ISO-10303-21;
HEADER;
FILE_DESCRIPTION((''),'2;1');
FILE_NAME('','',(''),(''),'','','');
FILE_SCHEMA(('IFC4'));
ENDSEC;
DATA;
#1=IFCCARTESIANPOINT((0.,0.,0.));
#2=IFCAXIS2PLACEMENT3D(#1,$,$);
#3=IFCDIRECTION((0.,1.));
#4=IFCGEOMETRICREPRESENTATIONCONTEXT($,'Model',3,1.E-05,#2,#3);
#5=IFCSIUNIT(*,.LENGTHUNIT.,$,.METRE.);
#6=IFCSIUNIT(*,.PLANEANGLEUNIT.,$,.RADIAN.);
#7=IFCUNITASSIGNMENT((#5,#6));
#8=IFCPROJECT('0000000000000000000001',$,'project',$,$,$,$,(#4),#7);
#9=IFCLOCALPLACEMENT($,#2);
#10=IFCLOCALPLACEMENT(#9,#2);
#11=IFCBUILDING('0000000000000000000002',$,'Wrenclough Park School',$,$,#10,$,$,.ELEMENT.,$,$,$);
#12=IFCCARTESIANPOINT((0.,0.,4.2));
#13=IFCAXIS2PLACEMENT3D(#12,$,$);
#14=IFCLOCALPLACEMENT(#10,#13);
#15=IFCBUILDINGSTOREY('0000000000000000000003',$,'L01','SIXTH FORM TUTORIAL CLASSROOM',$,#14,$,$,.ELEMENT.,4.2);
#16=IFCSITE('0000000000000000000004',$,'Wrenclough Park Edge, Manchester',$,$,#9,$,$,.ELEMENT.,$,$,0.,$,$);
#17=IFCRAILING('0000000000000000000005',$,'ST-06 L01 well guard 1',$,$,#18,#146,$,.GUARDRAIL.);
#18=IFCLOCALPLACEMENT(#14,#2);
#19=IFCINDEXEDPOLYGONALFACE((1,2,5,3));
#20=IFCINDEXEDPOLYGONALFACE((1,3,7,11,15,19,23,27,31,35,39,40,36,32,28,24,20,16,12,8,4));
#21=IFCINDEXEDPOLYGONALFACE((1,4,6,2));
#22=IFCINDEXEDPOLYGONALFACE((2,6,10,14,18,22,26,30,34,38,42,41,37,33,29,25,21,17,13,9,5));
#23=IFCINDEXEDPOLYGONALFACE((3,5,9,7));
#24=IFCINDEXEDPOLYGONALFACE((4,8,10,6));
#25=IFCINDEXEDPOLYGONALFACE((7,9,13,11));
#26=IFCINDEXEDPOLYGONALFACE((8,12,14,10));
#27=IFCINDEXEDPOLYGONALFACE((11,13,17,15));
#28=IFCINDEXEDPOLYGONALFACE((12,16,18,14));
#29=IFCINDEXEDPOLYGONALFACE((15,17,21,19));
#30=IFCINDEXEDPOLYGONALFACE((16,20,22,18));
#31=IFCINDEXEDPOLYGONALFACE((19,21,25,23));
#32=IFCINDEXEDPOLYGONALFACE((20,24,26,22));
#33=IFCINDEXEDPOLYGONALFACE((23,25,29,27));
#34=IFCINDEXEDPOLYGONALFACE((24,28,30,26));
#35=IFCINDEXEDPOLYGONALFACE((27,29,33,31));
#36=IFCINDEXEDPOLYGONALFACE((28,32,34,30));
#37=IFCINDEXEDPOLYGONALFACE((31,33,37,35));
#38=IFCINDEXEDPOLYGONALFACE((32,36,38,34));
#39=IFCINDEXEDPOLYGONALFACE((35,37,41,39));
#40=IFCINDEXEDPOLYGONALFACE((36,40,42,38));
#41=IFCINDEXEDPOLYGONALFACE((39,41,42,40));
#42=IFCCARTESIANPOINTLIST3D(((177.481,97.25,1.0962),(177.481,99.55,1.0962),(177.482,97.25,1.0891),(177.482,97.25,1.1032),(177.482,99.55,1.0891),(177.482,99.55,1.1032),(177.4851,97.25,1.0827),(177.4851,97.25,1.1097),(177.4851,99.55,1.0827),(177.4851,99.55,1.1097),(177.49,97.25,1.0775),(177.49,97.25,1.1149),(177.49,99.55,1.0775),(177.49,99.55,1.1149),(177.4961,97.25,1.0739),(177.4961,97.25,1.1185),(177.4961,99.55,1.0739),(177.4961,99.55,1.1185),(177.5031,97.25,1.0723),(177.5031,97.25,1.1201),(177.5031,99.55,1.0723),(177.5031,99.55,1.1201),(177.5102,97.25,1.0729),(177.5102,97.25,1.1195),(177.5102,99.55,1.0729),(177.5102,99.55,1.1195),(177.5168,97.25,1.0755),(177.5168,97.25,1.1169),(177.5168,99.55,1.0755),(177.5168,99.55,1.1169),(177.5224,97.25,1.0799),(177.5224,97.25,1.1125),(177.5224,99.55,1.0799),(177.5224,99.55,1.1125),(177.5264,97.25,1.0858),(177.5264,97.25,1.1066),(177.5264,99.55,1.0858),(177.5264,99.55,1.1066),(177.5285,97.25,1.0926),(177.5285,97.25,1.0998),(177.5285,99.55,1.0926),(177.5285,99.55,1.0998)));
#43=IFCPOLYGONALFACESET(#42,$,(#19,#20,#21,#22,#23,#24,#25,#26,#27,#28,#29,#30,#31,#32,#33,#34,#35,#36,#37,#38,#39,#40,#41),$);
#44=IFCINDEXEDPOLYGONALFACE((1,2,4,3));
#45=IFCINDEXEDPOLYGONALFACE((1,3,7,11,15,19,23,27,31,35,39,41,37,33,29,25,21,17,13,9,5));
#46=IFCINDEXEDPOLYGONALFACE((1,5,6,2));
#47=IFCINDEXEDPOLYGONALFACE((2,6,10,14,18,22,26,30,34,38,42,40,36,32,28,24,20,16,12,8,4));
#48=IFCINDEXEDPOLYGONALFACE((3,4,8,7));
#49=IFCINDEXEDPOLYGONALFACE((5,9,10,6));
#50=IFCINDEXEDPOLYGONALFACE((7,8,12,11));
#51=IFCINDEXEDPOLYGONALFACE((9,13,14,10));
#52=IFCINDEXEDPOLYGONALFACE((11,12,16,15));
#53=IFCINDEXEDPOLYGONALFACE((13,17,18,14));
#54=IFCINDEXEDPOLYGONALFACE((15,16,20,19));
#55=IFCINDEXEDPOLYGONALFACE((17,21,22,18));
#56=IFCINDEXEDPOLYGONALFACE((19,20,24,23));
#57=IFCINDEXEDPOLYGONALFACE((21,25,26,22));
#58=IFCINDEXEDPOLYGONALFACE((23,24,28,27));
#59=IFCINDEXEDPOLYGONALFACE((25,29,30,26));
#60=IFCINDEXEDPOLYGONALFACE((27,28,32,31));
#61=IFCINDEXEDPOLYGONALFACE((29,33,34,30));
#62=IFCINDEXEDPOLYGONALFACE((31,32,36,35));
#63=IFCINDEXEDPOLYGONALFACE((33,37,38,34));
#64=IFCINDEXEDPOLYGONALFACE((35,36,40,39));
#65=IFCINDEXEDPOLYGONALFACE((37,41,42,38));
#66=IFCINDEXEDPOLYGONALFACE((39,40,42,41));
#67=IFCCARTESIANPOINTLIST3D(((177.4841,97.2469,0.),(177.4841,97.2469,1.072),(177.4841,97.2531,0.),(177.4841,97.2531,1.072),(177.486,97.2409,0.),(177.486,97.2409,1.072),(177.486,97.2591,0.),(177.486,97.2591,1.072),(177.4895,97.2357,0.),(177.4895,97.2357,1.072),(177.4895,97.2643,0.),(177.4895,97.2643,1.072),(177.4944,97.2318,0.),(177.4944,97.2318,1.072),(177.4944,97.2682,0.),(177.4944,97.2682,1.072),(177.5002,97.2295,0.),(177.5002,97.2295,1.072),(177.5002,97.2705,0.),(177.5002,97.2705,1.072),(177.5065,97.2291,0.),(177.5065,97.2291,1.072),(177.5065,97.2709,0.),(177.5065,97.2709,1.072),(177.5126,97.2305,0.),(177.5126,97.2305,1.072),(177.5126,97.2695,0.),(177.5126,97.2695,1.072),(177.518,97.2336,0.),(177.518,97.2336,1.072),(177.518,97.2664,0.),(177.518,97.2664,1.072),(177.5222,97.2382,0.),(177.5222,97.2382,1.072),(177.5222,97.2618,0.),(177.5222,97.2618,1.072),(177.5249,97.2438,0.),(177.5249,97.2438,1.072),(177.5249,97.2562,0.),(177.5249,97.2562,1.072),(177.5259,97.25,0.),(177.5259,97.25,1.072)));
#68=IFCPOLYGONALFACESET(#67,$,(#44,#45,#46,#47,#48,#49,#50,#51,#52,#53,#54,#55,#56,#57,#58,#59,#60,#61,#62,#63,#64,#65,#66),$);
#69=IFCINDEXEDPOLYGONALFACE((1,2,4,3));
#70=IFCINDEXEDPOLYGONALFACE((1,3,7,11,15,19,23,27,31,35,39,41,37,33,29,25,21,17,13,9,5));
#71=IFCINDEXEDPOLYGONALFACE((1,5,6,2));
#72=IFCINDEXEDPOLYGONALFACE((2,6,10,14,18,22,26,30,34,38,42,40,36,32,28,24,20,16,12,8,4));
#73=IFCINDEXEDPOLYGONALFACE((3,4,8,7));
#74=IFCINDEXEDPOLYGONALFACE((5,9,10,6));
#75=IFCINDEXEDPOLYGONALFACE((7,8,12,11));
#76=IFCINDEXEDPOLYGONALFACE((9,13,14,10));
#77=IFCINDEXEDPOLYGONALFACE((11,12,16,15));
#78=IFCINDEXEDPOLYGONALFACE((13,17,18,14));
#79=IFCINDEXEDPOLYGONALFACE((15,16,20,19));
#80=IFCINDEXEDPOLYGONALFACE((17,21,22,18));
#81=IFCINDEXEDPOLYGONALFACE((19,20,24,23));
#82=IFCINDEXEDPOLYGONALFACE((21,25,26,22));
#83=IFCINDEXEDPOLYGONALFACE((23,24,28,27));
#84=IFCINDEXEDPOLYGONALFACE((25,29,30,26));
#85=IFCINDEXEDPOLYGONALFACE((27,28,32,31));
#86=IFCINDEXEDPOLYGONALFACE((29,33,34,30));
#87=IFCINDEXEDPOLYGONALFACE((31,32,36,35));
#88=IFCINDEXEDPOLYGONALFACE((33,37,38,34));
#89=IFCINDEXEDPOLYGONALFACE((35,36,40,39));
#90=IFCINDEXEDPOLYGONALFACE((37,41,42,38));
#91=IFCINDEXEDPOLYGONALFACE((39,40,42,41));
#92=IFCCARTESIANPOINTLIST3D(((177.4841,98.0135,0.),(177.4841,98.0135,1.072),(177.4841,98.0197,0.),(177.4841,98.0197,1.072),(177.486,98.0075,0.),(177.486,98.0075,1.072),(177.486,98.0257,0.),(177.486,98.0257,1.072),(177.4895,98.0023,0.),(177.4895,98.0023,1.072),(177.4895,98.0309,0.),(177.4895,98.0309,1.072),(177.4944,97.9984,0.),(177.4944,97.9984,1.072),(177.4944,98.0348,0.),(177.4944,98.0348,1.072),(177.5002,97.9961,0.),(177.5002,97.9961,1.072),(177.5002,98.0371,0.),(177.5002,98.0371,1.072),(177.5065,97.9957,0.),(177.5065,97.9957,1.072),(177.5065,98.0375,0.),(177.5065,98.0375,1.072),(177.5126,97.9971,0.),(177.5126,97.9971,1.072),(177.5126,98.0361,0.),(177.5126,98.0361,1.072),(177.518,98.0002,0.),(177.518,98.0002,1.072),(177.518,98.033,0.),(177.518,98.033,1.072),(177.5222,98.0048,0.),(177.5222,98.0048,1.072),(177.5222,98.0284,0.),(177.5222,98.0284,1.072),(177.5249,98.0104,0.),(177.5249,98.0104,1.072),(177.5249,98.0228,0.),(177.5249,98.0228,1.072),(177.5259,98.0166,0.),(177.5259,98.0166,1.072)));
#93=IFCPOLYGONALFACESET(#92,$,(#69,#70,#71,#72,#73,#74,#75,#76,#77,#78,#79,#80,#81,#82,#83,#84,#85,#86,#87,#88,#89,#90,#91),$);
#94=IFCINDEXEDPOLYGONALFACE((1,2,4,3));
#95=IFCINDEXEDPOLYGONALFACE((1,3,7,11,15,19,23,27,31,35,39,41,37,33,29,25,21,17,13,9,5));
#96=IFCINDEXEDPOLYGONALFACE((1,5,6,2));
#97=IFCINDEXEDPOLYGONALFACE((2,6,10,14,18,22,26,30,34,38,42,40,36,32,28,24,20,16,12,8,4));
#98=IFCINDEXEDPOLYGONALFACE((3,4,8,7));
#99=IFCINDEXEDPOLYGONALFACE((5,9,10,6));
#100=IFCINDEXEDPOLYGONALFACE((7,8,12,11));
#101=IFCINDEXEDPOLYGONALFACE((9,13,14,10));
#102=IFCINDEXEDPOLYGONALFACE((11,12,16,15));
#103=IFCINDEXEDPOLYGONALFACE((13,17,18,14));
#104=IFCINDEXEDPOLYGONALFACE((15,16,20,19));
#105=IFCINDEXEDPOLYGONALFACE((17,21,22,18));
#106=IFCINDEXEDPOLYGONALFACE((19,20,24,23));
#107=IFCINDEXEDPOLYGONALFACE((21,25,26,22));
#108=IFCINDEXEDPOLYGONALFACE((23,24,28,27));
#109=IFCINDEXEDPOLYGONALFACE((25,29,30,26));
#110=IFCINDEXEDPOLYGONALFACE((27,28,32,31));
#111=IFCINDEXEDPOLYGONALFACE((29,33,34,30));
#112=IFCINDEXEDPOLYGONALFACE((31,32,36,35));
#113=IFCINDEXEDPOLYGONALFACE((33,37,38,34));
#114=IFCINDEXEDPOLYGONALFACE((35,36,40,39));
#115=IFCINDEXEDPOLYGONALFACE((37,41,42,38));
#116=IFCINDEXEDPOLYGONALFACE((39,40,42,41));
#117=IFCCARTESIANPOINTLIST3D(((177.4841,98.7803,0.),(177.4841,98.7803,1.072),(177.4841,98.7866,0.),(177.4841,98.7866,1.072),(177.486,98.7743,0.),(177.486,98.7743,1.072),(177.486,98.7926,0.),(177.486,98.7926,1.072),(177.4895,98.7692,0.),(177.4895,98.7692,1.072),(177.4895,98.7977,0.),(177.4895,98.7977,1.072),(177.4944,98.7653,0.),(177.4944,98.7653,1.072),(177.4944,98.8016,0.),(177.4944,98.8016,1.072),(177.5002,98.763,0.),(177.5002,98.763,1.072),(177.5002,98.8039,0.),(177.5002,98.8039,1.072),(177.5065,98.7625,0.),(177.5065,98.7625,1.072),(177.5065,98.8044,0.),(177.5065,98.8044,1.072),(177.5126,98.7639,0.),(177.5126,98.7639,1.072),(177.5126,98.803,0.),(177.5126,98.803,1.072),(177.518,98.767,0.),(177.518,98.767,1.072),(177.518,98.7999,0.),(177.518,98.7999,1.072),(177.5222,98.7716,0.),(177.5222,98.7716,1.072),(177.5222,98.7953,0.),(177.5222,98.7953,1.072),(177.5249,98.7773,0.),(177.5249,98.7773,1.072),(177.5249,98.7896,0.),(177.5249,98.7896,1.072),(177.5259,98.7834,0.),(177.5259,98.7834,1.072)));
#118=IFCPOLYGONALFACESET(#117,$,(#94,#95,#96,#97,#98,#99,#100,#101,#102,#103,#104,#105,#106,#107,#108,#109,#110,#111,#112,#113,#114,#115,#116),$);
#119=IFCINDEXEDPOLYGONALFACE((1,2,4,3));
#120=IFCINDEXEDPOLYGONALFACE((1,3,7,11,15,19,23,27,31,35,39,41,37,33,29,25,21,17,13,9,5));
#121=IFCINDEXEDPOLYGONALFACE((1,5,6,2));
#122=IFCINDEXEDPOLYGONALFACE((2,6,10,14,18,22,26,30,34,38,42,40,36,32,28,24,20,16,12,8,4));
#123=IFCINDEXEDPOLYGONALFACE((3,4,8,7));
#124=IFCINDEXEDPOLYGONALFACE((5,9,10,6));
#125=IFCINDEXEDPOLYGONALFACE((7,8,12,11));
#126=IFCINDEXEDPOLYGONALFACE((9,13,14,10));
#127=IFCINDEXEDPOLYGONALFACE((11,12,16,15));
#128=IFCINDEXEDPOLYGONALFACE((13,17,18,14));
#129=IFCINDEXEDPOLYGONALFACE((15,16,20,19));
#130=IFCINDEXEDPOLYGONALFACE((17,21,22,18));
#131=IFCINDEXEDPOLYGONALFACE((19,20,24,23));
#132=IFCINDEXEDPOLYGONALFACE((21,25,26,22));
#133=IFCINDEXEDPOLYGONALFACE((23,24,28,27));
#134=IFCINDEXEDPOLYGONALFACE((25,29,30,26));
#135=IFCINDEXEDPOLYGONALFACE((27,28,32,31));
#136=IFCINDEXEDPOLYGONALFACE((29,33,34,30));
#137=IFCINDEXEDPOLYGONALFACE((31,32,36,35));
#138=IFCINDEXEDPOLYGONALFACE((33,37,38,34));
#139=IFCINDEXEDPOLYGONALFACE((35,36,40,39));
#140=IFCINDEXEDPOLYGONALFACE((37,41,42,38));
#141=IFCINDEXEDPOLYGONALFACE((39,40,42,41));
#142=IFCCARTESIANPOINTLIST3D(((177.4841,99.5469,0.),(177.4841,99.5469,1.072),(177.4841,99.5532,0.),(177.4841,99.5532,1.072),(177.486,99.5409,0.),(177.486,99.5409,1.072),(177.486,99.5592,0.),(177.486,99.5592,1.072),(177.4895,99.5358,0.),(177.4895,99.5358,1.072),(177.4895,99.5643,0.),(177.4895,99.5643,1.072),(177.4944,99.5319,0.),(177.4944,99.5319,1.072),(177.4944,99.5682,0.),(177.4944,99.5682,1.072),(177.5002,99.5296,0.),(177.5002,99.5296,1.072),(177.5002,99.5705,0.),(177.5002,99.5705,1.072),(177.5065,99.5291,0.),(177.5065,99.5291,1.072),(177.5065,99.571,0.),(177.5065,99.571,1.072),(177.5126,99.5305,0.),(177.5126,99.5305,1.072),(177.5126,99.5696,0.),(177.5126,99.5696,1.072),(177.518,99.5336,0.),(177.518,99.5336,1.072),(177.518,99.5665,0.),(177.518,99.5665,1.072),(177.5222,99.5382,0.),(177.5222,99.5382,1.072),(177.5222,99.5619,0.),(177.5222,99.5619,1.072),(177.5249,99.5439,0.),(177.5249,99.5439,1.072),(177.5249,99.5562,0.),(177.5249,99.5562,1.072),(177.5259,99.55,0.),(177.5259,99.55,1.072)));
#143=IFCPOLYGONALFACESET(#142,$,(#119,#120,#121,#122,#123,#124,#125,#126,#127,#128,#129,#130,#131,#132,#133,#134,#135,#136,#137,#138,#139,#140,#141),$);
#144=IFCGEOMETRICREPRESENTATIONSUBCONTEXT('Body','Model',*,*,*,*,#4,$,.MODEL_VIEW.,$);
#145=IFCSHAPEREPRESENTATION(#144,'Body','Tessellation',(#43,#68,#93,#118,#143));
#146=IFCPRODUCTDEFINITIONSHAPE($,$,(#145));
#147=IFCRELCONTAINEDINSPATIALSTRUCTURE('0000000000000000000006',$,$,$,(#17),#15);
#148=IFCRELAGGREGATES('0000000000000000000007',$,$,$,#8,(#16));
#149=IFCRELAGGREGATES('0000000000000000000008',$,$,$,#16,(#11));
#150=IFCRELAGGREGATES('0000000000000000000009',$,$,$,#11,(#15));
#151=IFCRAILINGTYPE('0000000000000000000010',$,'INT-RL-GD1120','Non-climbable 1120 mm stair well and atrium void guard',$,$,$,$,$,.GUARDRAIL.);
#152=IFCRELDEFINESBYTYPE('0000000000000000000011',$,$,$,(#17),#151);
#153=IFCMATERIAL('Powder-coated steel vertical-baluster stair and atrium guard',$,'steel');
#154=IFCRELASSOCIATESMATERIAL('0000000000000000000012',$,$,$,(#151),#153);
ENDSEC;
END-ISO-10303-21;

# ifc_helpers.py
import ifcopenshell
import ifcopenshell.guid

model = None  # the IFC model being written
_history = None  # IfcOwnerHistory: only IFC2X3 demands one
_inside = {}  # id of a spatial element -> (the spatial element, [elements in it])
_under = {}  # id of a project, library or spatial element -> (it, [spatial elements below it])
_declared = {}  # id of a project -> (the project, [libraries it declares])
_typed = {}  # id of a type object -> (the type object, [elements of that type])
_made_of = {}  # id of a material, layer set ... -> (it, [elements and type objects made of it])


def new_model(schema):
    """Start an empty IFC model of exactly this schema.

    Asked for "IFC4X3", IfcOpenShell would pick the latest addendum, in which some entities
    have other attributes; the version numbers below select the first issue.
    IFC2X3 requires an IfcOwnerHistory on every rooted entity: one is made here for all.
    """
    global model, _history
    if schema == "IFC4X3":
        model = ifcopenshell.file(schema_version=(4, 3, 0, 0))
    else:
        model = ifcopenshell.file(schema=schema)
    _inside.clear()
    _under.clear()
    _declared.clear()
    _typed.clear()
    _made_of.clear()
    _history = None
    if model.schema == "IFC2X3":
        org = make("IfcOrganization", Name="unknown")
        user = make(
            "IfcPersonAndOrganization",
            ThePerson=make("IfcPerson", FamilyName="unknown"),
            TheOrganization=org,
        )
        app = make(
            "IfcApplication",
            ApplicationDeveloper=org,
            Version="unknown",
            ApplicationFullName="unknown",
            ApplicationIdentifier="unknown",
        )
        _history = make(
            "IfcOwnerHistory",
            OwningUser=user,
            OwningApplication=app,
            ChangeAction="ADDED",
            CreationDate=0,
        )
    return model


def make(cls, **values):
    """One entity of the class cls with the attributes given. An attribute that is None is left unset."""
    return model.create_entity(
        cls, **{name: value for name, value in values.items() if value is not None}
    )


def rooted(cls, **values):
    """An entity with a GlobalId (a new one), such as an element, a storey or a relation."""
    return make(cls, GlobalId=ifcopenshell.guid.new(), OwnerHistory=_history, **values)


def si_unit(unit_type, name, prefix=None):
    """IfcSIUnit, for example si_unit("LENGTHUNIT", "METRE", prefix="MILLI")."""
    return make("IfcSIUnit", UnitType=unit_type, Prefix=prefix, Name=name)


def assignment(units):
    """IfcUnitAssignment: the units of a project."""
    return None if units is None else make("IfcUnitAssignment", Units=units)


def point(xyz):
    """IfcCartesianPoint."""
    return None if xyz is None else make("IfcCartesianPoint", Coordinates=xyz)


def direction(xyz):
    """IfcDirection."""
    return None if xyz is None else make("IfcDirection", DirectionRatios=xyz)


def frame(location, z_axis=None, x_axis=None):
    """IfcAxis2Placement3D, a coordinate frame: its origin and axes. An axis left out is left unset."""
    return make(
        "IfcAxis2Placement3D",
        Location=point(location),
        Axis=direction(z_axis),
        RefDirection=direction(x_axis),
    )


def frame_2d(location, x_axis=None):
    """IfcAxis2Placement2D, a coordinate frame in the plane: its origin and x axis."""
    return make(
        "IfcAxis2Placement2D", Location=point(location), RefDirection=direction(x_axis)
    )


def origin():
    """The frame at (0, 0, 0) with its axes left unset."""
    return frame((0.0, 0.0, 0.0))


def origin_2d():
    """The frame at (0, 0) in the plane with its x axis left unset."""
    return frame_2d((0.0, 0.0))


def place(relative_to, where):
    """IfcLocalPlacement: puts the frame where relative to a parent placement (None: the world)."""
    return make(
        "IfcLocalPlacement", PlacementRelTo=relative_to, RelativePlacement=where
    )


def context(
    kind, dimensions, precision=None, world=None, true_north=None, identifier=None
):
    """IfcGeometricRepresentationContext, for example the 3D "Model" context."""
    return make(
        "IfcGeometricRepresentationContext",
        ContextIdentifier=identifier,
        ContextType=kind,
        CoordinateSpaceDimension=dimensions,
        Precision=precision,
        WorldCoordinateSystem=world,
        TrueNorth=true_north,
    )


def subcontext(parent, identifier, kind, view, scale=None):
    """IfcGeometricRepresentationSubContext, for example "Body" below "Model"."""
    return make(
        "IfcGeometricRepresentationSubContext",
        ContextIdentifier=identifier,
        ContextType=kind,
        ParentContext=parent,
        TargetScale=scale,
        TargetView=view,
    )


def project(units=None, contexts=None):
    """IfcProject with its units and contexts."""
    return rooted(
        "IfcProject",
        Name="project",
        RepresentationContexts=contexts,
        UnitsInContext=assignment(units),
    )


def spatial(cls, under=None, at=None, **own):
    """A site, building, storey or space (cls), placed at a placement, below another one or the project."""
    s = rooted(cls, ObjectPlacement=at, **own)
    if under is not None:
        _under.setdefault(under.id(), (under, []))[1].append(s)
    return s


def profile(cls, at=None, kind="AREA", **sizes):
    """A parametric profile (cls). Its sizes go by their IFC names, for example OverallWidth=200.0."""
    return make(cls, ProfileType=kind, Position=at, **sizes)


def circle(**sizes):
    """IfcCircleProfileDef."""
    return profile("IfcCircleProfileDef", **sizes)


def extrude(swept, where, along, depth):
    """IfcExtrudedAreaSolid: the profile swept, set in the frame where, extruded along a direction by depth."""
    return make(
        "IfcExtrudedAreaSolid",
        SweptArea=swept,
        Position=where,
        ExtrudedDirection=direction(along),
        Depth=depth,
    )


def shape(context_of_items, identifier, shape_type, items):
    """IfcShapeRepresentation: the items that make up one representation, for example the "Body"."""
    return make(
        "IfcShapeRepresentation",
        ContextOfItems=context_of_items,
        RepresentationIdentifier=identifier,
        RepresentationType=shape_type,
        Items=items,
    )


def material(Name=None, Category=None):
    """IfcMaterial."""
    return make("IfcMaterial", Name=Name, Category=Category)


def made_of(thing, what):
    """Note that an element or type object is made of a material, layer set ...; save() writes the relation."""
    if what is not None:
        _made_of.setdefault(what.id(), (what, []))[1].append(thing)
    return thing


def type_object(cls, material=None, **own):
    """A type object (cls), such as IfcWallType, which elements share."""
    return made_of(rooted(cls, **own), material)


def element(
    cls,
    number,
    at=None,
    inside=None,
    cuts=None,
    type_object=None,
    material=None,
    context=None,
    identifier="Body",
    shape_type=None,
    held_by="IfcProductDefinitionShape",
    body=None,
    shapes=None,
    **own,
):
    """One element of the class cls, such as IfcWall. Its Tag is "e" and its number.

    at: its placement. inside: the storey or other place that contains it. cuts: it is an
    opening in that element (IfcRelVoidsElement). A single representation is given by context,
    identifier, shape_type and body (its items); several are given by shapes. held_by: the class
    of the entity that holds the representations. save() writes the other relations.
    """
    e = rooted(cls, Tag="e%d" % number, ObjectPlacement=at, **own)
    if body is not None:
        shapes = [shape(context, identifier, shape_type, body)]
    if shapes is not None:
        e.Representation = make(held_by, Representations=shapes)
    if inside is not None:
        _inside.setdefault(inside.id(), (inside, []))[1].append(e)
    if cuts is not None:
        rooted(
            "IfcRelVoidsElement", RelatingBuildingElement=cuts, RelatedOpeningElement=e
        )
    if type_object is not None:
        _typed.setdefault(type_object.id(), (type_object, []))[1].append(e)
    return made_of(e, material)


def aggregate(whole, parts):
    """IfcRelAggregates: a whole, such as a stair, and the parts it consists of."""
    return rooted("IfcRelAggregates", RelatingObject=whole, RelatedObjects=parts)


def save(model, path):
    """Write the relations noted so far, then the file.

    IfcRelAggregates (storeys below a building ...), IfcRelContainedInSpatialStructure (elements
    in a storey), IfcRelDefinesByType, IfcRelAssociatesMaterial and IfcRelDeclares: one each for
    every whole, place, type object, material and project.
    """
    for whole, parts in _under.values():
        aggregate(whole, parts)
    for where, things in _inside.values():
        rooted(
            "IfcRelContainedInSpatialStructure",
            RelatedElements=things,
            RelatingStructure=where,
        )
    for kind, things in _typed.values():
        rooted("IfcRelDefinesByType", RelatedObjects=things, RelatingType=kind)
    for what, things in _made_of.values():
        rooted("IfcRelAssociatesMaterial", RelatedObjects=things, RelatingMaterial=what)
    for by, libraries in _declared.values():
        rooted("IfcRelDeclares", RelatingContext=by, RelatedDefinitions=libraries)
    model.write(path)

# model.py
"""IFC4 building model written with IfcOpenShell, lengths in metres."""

from ifc_helpers import new_model, si_unit, direction, frame, origin, origin_2d, place, context, subcontext, project, spatial, circle, extrude, material, type_object, element, save


model = new_model("IFC4")

# Units and contexts
model_context = context("Model", 3, precision=1e-05, world=origin(), true_north=direction((0.0, 1.0)))
body_context = subcontext(model_context, "Body", "Model", "MODEL_VIEW")
ifc_project = project(units=[si_unit("LENGTHUNIT", "METRE"), si_unit("PLANEANGLEUNIT", "RADIAN")], contexts=[model_context])

# Site, building, storey
site_placement = place(None, origin())
site = spatial("IfcSite", under=ifc_project, at=site_placement, Name="Wrenclough Park Edge, Manchester", CompositionType="ELEMENT", RefElevation=0.0)
building_placement = place(site_placement, origin())
building = spatial("IfcBuilding", under=site, at=building_placement, Name="Wrenclough Park School", CompositionType="ELEMENT")
storey_placement = place(building_placement, frame((0.0, 0.0, 4.2)))
storey = spatial("IfcBuildingStorey", under=building, at=storey_placement, Name="L01", Description="SIXTH FORM TUTORIAL CLASSROOM", CompositionType="ELEMENT", Elevation=4.2)

# Railing
ifc_material_1 = material(Name="Powder-coated steel vertical-baluster stair and atrium guard", Category="steel")
railing_type_1 = type_object("IfcRailingType", Name="INT-RL-GD1120", Description="Non-climbable 1120 mm stair well and atrium void guard", PredefinedType="GUARDRAIL", material=ifc_material_1)
railing_1_placement = place(storey_placement, frame((177.5049, 97.25, 0.0)))
element("IfcRailing", 1, at=railing_1_placement, inside=storey, type_object=railing_type_1, Name="ST-06 L01 well guard 1", PredefinedType="GUARDRAIL", context=body_context, shape_type="SweptSolid", body=[
    extrude(circle(Radius=0.0239, at=origin_2d()), frame((0.0, 0.0, 1.0962), z_axis=(0.0, 1.0, 0.0), x_axis=(-1.0, 0.0, 0.0)), (0.0, 0.0, 1.0), 2.3),
    extrude(circle(Radius=0.021, at=origin_2d()), origin(), (0.0, 0.0, 1.0), 1.072),
    extrude(circle(Radius=0.021, at=origin_2d()), frame((0.0, 0.7666, 0.0)), (0.0, 0.0, 1.0), 1.072),
    extrude(circle(Radius=0.021, at=origin_2d()), frame((0.0, 1.5334, 0.0)), (0.0, 0.0, 1.0), 1.072),
    extrude(circle(Radius=0.021, at=origin_2d()), frame((0.0, 2.3, 0.0)), (0.0, 0.0, 1.0), 1.072),
])

save(model, "model.ifc")
